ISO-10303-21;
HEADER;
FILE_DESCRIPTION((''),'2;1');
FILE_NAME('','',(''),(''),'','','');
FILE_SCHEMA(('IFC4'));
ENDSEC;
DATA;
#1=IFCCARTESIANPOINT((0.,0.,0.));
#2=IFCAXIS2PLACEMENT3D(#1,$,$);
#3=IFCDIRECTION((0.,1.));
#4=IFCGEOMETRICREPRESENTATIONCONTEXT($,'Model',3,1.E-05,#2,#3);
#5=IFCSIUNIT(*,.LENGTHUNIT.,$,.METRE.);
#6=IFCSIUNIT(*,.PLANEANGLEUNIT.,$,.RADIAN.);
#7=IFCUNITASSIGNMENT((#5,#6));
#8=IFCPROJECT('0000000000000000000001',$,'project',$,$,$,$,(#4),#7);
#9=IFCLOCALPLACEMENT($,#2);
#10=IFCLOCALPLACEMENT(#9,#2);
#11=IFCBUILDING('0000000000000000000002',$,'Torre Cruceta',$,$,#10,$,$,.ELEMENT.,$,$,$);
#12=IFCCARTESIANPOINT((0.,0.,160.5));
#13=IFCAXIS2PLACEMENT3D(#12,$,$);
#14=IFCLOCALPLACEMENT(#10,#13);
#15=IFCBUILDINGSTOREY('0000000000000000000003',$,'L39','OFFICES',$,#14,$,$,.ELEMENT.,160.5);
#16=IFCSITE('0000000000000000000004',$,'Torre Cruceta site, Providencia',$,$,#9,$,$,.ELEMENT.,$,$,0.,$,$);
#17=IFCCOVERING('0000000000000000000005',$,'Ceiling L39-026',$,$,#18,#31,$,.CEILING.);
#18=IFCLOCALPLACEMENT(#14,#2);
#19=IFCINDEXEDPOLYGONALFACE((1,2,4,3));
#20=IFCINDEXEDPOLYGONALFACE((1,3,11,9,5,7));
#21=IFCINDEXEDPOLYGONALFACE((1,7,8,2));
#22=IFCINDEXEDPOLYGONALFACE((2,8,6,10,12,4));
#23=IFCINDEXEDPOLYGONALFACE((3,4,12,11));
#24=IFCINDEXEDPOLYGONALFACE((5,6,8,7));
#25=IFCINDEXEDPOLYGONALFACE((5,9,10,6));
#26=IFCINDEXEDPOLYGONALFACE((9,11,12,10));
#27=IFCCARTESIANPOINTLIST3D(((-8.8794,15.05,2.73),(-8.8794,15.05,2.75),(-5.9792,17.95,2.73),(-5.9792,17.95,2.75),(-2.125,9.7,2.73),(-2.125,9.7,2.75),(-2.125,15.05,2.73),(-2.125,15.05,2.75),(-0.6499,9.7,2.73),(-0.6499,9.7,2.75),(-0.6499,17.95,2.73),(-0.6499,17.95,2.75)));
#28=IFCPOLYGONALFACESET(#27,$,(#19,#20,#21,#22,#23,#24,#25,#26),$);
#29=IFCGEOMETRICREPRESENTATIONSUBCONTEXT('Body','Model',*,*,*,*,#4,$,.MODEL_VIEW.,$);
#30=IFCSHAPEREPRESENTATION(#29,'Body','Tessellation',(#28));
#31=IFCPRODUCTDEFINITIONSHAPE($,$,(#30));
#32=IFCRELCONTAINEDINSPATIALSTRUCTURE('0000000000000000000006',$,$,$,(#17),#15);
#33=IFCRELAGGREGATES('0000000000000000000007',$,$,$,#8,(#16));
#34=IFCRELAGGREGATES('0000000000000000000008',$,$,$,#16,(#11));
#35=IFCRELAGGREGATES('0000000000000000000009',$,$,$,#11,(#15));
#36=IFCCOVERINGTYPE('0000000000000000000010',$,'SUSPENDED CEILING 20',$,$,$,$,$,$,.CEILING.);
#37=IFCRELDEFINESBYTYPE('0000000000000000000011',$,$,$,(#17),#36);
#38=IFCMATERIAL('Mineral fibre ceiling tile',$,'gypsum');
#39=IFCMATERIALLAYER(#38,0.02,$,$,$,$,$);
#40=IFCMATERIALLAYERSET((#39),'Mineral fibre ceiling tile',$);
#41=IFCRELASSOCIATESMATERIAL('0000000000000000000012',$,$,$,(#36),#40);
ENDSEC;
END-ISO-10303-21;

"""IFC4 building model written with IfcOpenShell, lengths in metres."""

from ifc_helpers import new_model, si_unit, direction, frame, origin, place, context, subcontext, project, spatial, polyline, outline, extrude, material, layer, layer_set, type_object, element, save


model = new_model("IFC4")

# Units and contexts
model_context = context("Model", 3, precision=1e-05, world=origin(), true_north=direction((0.0, 1.0)))
body_context = subcontext(model_context, "Body", "Model", "MODEL_VIEW")
ifc_project = project(units=[si_unit("LENGTHUNIT", "METRE"), si_unit("PLANEANGLEUNIT", "RADIAN")], contexts=[model_context])

# Site, building, storey
site_placement = place(None, origin())
site = spatial("IfcSite", under=ifc_project, at=site_placement, Name="Torre Cruceta site, Providencia", CompositionType="ELEMENT", RefElevation=0.0)
building_placement = place(site_placement, origin())
building = spatial("IfcBuilding", under=site, at=building_placement, Name="Torre Cruceta", CompositionType="ELEMENT")
storey_placement = place(building_placement, frame((0.0, 0.0, 160.5)))
storey = spatial("IfcBuildingStorey", under=building, at=storey_placement, Name="L39", Description="OFFICES", CompositionType="ELEMENT", Elevation=160.5)

# Covering
ifc_material_1 = material(Name="Mineral fibre ceiling tile", Category="gypsum")
ifc_layer_1 = layer(ifc_material_1, 0.02)
ifc_layer_set_1 = layer_set([ifc_layer_1], Name="Mineral fibre ceiling tile")
covering_type_1 = type_object("IfcCoveringType", Name="SUSPENDED CEILING 20", PredefinedType="CEILING", material=ifc_layer_set_1)
covering_1_placement = place(storey_placement, frame((0.0, 0.0, 2.73)))
element("IfcCovering", 1, at=covering_1_placement, inside=storey, type_object=covering_type_1, Name="Ceiling L39-026", PredefinedType="CEILING", context=body_context, shape_type="SweptSolid", body=[
    extrude(outline(polyline([(-0.6499, 17.95), (-0.6499, 9.7), (-2.125, 9.7), (-2.125, 15.05), (-8.8794, 15.05), (-5.9792, 17.95), (-0.6499, 17.95)])), origin(), (0.0, 0.0, 1.0), 0.02),
])

save(model, "model.ifc")
